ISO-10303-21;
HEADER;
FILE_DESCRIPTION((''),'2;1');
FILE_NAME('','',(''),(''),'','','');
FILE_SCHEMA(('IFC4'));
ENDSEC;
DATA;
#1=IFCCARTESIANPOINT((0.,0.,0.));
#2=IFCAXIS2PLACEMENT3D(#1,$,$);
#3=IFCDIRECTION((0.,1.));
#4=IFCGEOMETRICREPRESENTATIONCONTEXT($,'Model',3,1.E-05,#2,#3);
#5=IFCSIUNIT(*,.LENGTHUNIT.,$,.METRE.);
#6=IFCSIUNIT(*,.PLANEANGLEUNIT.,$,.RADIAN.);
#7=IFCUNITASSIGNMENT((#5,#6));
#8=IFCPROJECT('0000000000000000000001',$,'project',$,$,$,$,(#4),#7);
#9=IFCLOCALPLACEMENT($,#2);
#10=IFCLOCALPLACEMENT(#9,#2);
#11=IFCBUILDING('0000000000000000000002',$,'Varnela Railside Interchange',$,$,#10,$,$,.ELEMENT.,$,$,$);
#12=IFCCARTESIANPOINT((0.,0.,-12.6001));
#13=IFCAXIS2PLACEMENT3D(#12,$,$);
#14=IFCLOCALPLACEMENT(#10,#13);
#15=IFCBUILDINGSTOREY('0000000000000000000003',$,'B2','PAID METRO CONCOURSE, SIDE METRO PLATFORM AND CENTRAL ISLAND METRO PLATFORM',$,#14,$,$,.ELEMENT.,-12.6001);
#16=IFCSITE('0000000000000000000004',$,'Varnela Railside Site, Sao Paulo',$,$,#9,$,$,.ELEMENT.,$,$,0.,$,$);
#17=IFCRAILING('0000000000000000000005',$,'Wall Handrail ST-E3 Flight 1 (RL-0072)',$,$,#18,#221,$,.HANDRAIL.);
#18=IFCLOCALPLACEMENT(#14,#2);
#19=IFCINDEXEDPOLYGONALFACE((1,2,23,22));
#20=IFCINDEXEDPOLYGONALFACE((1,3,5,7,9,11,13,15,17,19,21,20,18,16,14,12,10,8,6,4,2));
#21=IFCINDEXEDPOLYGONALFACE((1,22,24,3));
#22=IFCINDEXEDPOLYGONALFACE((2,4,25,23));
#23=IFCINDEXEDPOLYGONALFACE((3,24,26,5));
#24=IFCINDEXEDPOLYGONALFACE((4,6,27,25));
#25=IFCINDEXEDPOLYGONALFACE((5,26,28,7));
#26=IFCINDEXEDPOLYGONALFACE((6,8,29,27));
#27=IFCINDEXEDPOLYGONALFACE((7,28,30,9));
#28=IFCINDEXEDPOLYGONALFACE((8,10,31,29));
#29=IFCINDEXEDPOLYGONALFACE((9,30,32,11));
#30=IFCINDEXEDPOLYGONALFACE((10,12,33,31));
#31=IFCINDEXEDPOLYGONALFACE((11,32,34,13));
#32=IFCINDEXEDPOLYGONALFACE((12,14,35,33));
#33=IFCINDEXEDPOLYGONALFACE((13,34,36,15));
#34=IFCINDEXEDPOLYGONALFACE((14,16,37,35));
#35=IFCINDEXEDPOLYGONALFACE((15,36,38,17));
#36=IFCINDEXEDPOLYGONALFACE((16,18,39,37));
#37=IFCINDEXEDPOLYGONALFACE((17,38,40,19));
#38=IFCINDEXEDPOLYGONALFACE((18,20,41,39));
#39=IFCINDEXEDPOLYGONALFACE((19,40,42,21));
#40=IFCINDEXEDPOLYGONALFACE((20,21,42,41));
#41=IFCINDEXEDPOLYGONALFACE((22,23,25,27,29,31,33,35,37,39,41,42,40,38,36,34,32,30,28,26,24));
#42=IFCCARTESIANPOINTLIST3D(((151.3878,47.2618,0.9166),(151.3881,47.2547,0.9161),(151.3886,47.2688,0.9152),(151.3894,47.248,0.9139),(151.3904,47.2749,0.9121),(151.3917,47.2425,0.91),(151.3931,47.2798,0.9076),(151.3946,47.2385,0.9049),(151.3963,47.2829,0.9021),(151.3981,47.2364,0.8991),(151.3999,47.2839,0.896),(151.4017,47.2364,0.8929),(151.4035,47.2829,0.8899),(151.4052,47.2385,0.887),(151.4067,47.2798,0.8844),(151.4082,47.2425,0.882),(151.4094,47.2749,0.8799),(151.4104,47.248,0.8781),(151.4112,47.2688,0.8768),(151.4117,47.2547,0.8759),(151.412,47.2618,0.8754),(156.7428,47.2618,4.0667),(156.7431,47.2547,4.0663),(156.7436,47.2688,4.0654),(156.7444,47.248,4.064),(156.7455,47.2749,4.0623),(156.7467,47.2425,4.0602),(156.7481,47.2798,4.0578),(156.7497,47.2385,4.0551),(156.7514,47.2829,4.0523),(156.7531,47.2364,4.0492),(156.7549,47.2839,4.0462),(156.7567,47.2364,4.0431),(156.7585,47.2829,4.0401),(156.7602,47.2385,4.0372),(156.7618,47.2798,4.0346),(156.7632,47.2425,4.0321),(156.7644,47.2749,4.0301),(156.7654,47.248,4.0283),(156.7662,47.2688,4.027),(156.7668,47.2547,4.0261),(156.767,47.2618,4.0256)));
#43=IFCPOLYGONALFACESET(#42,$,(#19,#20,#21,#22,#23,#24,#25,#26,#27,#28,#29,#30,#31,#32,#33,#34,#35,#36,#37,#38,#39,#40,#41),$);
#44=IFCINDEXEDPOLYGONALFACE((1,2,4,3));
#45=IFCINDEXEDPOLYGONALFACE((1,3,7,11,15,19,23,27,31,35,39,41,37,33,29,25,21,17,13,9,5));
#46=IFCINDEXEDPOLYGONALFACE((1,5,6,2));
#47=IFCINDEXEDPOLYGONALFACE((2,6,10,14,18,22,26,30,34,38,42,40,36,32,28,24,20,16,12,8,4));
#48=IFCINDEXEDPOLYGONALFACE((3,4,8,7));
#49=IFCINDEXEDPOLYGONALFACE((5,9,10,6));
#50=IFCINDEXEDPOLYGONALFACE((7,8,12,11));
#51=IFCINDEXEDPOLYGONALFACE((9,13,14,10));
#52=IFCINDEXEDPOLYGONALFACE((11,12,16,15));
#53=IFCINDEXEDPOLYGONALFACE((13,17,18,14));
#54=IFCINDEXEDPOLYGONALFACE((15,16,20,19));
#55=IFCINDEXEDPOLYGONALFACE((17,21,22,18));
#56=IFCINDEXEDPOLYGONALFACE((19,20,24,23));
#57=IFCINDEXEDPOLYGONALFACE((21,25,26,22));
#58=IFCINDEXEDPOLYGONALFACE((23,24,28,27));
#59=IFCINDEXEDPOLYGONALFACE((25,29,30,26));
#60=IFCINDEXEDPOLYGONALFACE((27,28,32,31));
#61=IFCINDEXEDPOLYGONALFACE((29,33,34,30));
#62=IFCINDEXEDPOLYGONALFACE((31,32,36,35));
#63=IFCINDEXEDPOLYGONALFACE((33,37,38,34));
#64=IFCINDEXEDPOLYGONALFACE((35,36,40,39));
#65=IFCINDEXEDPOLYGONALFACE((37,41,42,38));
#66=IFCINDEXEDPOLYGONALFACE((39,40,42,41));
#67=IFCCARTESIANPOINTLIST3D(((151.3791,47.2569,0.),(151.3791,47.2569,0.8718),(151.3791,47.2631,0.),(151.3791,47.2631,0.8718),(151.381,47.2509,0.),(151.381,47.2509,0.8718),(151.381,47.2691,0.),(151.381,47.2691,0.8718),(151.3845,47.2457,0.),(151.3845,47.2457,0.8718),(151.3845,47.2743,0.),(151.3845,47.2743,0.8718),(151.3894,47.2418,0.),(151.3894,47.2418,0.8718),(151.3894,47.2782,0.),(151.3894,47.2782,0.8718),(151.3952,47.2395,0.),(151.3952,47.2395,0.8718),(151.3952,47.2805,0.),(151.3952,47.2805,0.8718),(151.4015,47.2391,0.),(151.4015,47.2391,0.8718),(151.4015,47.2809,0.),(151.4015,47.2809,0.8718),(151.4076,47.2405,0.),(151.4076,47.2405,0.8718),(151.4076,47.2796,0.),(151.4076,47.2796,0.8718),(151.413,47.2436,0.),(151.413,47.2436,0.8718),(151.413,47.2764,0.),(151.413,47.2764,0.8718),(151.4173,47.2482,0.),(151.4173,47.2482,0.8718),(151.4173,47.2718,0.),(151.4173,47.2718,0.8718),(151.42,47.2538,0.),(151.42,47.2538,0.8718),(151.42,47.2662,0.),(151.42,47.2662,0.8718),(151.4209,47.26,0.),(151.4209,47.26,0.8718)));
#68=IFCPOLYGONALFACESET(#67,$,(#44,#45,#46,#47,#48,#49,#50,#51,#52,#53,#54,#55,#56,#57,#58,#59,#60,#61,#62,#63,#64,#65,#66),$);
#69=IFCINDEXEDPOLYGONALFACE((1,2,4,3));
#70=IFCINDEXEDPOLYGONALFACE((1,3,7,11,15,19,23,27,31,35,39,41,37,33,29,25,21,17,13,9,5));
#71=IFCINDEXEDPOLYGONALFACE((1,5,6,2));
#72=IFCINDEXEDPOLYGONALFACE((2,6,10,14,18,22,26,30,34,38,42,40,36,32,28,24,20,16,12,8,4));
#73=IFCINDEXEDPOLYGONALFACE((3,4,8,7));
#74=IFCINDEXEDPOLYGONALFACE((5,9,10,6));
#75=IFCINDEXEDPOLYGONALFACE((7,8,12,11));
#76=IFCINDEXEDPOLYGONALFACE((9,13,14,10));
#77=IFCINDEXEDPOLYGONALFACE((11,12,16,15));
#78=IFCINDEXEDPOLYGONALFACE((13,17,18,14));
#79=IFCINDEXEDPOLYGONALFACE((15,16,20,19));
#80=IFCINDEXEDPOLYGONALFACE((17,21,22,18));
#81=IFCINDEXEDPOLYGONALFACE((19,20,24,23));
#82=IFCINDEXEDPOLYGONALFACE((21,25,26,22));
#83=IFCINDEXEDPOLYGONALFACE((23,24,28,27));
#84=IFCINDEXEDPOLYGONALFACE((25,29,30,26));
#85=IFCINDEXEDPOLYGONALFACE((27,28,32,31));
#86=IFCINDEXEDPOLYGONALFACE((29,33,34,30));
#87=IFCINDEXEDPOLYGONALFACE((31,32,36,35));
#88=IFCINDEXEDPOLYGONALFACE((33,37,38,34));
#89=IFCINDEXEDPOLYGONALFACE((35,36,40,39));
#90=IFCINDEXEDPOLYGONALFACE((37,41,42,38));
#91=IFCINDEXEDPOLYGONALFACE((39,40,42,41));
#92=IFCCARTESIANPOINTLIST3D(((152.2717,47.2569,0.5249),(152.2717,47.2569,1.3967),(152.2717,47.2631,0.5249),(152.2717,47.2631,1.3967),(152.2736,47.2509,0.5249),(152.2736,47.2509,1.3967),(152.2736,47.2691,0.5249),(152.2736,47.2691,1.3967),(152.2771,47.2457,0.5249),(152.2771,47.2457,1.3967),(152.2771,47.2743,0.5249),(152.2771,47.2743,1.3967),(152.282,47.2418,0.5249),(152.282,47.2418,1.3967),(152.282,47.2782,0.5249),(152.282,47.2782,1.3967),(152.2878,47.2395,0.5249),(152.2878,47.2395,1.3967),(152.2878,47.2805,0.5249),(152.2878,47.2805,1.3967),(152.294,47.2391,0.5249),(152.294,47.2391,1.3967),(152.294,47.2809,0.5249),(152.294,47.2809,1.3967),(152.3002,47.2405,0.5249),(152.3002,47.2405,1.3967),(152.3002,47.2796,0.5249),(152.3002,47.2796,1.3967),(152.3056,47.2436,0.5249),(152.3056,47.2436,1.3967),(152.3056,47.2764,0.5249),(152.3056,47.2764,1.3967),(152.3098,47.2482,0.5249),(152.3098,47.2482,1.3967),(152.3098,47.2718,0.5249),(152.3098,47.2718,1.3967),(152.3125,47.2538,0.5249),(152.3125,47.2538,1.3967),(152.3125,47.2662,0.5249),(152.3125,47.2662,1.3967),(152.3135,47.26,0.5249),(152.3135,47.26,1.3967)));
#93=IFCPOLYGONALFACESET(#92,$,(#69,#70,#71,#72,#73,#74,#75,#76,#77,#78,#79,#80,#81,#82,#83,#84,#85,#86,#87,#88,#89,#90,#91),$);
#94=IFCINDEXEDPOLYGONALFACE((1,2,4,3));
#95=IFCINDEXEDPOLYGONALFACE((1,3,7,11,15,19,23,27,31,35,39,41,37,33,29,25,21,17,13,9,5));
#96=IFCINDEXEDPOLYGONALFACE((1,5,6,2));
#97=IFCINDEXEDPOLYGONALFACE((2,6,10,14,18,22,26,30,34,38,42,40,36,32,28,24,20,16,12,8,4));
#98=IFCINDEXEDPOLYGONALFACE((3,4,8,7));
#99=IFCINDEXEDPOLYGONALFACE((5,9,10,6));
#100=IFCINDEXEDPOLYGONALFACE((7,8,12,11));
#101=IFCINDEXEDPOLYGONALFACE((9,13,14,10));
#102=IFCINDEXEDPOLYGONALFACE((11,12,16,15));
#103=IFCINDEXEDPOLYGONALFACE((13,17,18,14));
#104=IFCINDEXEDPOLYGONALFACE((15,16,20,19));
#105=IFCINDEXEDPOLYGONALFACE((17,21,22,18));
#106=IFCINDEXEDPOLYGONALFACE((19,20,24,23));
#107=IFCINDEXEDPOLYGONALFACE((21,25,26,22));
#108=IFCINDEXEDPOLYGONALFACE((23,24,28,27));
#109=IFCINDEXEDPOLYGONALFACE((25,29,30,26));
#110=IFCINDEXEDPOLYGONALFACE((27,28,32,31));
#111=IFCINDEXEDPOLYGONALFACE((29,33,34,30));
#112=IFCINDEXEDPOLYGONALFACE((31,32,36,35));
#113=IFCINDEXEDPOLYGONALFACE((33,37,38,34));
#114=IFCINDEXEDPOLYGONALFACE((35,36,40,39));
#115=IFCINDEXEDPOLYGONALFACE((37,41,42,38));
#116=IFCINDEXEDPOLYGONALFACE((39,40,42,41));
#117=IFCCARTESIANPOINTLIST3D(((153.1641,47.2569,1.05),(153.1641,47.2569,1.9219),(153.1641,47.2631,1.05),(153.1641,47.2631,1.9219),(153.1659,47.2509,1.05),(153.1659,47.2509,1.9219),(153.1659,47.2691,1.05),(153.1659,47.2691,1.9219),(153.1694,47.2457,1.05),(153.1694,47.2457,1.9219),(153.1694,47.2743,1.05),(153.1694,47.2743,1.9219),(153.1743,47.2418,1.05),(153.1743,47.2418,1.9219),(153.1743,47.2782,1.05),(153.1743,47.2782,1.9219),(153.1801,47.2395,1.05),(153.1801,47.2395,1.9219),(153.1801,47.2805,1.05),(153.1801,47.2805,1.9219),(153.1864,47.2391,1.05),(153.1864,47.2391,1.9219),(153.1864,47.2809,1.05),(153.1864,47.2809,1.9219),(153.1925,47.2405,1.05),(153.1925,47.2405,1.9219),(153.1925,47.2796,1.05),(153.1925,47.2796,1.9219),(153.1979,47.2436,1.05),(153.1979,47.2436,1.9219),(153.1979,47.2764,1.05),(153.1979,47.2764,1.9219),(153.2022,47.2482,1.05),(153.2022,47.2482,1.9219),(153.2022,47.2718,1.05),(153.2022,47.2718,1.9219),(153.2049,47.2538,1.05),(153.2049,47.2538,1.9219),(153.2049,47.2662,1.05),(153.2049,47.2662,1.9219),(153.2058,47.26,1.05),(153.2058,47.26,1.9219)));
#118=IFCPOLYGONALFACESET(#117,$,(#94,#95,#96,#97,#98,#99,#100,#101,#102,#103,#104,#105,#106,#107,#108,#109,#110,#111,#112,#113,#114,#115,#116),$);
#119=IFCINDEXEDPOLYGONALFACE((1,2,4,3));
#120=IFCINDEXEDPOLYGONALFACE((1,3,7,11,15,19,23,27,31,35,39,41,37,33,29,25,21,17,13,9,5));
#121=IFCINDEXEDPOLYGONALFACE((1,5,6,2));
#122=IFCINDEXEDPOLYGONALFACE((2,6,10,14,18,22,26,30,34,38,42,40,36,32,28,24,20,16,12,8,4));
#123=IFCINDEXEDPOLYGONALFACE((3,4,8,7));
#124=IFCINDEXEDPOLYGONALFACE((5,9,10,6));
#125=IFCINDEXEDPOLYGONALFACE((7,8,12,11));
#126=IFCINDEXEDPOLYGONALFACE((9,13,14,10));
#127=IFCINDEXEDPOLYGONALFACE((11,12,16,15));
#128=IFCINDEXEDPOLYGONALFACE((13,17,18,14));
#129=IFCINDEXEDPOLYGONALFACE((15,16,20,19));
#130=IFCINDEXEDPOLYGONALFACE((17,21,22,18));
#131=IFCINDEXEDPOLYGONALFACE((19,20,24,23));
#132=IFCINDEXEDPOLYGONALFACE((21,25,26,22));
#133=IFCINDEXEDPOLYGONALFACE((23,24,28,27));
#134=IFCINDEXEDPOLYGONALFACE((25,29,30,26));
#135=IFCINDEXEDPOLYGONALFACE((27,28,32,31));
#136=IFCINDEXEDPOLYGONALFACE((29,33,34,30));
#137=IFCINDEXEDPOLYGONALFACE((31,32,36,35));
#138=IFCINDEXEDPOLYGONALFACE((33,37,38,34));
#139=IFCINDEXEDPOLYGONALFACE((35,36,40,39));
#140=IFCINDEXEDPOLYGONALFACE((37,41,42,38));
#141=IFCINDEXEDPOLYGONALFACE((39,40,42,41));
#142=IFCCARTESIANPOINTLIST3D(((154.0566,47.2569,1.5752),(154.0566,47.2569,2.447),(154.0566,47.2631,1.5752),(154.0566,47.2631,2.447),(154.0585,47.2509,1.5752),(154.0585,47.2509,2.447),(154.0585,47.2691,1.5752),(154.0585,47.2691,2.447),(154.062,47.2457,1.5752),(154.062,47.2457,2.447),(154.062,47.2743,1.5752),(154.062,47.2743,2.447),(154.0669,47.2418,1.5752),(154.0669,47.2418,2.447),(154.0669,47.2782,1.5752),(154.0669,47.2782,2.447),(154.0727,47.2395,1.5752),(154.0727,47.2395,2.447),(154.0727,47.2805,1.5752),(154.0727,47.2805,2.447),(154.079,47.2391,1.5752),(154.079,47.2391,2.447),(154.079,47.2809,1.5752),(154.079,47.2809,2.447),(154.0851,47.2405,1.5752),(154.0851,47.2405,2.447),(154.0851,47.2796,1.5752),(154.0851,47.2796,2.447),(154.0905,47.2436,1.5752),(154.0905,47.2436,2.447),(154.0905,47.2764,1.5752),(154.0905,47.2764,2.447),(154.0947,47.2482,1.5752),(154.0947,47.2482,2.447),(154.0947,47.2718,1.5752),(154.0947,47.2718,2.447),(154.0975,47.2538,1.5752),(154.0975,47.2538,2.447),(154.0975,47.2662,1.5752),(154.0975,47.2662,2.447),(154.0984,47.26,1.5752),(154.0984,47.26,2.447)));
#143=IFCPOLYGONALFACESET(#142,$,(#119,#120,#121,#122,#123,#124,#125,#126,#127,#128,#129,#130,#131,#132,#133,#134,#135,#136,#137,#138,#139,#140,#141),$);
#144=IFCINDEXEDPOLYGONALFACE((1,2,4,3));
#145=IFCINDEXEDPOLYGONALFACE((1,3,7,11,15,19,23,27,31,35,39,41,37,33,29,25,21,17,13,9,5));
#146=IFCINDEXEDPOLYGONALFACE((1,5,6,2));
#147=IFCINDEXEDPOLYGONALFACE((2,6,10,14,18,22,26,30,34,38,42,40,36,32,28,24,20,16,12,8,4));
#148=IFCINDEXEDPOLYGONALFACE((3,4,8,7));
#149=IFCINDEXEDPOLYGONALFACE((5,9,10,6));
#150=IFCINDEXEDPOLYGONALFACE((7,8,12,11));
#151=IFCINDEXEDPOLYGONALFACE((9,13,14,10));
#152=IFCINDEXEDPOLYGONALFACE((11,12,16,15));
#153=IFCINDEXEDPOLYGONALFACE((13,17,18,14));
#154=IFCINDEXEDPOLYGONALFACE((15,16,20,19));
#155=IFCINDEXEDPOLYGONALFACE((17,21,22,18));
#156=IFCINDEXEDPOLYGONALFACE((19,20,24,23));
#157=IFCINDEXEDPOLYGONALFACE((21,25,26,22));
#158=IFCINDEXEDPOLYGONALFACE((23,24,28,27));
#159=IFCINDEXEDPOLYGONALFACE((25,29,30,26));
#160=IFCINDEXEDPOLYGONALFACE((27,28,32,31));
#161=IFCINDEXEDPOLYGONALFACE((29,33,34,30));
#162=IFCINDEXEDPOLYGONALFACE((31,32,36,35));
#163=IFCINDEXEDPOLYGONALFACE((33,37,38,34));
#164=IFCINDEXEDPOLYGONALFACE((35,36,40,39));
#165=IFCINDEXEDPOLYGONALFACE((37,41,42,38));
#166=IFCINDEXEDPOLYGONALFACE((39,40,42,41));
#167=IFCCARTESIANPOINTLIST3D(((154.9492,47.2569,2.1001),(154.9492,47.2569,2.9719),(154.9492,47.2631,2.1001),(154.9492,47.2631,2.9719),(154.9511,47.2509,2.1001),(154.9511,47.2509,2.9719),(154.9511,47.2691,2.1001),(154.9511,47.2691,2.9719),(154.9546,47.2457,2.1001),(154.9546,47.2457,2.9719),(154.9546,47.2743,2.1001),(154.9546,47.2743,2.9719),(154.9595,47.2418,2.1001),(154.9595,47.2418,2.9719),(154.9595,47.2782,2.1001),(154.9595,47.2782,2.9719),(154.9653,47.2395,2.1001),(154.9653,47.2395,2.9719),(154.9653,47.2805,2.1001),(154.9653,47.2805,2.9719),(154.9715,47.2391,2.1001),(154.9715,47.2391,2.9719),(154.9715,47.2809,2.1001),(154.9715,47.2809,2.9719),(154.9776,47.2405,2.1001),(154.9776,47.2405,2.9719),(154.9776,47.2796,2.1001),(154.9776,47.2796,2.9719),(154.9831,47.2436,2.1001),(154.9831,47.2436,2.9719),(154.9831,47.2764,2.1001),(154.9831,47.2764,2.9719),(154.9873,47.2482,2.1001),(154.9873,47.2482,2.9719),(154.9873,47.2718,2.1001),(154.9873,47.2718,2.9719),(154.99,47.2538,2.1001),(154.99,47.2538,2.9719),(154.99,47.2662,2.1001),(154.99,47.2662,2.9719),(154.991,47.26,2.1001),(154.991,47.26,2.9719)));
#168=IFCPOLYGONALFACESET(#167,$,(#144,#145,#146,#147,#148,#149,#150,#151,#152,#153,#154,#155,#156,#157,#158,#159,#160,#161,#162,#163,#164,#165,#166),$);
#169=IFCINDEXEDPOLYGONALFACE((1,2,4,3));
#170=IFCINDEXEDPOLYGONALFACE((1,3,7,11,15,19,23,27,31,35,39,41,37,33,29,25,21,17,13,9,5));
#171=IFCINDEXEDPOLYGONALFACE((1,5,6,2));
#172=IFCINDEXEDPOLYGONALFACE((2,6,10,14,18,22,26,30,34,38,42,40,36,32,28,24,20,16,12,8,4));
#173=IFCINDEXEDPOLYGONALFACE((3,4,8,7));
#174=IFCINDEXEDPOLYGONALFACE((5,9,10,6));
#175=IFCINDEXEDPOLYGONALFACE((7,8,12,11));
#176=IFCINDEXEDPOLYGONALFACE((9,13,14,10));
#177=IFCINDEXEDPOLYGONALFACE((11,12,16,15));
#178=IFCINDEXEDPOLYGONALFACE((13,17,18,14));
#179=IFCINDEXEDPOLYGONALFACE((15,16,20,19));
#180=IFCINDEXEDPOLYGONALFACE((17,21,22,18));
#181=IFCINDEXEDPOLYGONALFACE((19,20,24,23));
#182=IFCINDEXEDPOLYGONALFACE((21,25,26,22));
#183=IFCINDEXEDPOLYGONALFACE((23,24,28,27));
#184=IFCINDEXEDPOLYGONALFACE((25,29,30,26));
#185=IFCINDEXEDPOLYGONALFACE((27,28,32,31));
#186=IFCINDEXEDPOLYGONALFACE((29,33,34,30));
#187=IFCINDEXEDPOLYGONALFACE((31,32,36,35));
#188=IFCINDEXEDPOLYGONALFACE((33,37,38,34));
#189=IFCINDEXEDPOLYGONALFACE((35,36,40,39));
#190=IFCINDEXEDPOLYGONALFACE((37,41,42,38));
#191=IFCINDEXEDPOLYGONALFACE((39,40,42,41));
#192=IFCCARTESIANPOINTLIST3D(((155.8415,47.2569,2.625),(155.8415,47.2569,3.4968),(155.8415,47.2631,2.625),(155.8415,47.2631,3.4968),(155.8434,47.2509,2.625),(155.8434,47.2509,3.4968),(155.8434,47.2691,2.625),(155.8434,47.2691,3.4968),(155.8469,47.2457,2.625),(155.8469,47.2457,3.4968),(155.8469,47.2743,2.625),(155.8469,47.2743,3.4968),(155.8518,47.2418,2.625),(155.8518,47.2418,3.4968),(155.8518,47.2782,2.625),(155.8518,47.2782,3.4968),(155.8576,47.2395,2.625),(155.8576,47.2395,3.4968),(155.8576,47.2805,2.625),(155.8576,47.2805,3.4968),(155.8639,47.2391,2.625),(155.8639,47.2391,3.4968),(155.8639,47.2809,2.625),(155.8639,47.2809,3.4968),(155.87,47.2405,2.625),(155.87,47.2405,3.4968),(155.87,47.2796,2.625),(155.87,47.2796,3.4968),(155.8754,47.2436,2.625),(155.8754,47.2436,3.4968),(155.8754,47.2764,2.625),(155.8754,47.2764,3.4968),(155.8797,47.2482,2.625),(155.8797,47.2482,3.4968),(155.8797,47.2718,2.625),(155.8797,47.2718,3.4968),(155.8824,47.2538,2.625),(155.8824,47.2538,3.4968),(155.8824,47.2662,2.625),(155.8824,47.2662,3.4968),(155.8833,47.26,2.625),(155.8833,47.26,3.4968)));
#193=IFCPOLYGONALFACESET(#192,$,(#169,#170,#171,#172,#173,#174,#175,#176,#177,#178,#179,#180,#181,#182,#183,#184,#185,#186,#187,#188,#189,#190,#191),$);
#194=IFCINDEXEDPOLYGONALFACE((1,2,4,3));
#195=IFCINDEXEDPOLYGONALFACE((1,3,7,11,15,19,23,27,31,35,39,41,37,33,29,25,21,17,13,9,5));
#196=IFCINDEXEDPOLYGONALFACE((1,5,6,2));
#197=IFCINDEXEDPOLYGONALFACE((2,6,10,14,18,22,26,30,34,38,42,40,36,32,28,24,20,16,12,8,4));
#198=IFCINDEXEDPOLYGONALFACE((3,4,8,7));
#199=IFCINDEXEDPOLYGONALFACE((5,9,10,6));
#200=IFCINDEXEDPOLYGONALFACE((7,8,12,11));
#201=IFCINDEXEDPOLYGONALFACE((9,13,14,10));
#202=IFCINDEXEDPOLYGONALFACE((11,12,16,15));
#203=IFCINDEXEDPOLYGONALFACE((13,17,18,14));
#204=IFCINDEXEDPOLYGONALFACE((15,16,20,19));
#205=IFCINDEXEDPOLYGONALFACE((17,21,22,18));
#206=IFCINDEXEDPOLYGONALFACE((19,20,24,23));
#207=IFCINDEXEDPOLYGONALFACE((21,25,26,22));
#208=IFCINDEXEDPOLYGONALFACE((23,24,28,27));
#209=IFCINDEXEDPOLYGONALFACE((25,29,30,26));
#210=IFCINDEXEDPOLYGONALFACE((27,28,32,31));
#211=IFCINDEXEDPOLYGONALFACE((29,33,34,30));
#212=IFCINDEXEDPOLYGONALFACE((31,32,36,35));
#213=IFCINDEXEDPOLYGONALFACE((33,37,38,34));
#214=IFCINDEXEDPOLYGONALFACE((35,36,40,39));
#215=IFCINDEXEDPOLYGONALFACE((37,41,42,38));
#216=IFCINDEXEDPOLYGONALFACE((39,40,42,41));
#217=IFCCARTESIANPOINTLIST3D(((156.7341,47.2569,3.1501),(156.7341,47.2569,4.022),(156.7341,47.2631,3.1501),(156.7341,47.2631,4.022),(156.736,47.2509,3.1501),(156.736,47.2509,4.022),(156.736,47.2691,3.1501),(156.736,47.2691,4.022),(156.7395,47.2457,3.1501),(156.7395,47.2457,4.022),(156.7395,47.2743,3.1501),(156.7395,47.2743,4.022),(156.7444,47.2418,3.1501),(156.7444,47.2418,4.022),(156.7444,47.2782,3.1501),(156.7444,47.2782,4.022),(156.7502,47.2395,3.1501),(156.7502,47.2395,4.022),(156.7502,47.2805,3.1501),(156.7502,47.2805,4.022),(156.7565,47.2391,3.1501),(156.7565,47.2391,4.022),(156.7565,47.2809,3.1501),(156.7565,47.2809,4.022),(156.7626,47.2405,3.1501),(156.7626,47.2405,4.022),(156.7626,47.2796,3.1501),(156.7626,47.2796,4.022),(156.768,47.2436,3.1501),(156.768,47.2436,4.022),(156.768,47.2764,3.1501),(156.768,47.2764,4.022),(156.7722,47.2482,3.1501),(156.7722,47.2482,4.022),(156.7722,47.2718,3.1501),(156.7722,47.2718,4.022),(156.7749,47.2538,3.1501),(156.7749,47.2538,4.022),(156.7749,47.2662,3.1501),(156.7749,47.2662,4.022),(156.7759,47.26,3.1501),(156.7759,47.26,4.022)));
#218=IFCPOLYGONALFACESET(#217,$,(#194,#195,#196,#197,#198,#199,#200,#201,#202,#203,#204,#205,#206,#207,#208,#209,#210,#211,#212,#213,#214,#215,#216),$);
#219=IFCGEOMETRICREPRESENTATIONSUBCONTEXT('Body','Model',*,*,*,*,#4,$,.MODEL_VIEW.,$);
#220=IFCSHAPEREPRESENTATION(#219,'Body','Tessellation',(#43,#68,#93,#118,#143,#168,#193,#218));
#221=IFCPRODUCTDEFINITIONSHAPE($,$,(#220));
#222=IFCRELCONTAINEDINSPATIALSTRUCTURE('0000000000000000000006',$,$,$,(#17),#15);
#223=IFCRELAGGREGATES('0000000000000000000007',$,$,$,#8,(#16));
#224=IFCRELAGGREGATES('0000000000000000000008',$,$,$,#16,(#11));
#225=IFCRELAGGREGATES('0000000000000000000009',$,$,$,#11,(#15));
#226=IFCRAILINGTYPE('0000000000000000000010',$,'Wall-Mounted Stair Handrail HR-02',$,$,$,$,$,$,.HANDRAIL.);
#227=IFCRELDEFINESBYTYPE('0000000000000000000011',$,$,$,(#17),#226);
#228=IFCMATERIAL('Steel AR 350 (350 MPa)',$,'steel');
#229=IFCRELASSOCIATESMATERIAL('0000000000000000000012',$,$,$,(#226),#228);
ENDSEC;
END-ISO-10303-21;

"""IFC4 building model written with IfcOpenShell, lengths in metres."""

from ifc_helpers import new_model, si_unit, direction, frame, origin, origin_2d, place, context, subcontext, project, spatial, circle, extrude, material, type_object, element, save


model = new_model("IFC4")

# Units and contexts
model_context = context("Model", 3, precision=1e-05, world=origin(), true_north=direction((0.0, 1.0)))
body_context = subcontext(model_context, "Body", "Model", "MODEL_VIEW")
ifc_project = project(units=[si_unit("LENGTHUNIT", "METRE"), si_unit("PLANEANGLEUNIT", "RADIAN")], contexts=[model_context])

# Site, building, storey
site_placement = place(None, origin())
site = spatial("IfcSite", under=ifc_project, at=site_placement, Name="Varnela Railside Site, Sao Paulo", CompositionType="ELEMENT", RefElevation=0.0)
building_placement = place(site_placement, origin())
building = spatial("IfcBuilding", under=site, at=building_placement, Name="Varnela Railside Interchange", CompositionType="ELEMENT")
storey_placement = place(building_placement, frame((0.0, 0.0, -12.6001)))
storey = spatial("IfcBuildingStorey", under=building, at=storey_placement, Name="B2", Description="PAID METRO CONCOURSE, SIDE METRO PLATFORM AND CENTRAL ISLAND METRO PLATFORM", CompositionType="ELEMENT", Elevation=-12.6001)

# Shared definitions
ifc_material_1 = material(Name="Steel AR 350 (350 MPa)", Category="steel")

# Railing
railing_type_1 = type_object("IfcRailingType", Name="Wall-Mounted Stair Handrail HR-02", PredefinedType="HANDRAIL", material=ifc_material_1)
railing_1_placement = place(storey_placement, frame((151.3999, 47.26, 0.0)))
element("IfcRailing", 1, at=railing_1_placement, inside=storey, type_object=railing_type_1, Name="Wall Handrail ST-E3 Flight 1 (RL-0072)", PredefinedType="HANDRAIL", context=body_context, shape_type="SweptSolid", body=[
    extrude(circle(Radius=0.0239, at=origin_2d()), frame((0.0, 0.0, 0.896), z_axis=(0.861923, 0.0, 0.507039), x_axis=(0.0, 1.0, 0.0)), (0.0, 0.0, 1.0), 6.2129),
    extrude(circle(Radius=0.021, at=origin_2d()), origin(), (0.0, 0.0, 1.0), 0.8718),
    extrude(circle(Radius=0.021, at=origin_2d()), frame((0.8926, 0.0, 0.5249)), (0.0, 0.0, 1.0), 0.8718),
    extrude(circle(Radius=0.021, at=origin_2d()), frame((1.7849, 0.0, 1.05)), (0.0, 0.0, 1.0), 0.8718),
    extrude(circle(Radius=0.021, at=origin_2d()), frame((2.6775, 0.0, 1.5752)), (0.0, 0.0, 1.0), 0.8718),
    extrude(circle(Radius=0.021, at=origin_2d()), frame((3.5701, 0.0, 2.1001)), (0.0, 0.0, 1.0), 0.8718),
    extrude(circle(Radius=0.021, at=origin_2d()), frame((4.4624, 0.0, 2.625)), (0.0, 0.0, 1.0), 0.8718),
    extrude(circle(Radius=0.021, at=origin_2d()), frame((5.355, 0.0, 3.1501)), (0.0, 0.0, 1.0), 0.8718),
])

save(model, "model.ifc")
